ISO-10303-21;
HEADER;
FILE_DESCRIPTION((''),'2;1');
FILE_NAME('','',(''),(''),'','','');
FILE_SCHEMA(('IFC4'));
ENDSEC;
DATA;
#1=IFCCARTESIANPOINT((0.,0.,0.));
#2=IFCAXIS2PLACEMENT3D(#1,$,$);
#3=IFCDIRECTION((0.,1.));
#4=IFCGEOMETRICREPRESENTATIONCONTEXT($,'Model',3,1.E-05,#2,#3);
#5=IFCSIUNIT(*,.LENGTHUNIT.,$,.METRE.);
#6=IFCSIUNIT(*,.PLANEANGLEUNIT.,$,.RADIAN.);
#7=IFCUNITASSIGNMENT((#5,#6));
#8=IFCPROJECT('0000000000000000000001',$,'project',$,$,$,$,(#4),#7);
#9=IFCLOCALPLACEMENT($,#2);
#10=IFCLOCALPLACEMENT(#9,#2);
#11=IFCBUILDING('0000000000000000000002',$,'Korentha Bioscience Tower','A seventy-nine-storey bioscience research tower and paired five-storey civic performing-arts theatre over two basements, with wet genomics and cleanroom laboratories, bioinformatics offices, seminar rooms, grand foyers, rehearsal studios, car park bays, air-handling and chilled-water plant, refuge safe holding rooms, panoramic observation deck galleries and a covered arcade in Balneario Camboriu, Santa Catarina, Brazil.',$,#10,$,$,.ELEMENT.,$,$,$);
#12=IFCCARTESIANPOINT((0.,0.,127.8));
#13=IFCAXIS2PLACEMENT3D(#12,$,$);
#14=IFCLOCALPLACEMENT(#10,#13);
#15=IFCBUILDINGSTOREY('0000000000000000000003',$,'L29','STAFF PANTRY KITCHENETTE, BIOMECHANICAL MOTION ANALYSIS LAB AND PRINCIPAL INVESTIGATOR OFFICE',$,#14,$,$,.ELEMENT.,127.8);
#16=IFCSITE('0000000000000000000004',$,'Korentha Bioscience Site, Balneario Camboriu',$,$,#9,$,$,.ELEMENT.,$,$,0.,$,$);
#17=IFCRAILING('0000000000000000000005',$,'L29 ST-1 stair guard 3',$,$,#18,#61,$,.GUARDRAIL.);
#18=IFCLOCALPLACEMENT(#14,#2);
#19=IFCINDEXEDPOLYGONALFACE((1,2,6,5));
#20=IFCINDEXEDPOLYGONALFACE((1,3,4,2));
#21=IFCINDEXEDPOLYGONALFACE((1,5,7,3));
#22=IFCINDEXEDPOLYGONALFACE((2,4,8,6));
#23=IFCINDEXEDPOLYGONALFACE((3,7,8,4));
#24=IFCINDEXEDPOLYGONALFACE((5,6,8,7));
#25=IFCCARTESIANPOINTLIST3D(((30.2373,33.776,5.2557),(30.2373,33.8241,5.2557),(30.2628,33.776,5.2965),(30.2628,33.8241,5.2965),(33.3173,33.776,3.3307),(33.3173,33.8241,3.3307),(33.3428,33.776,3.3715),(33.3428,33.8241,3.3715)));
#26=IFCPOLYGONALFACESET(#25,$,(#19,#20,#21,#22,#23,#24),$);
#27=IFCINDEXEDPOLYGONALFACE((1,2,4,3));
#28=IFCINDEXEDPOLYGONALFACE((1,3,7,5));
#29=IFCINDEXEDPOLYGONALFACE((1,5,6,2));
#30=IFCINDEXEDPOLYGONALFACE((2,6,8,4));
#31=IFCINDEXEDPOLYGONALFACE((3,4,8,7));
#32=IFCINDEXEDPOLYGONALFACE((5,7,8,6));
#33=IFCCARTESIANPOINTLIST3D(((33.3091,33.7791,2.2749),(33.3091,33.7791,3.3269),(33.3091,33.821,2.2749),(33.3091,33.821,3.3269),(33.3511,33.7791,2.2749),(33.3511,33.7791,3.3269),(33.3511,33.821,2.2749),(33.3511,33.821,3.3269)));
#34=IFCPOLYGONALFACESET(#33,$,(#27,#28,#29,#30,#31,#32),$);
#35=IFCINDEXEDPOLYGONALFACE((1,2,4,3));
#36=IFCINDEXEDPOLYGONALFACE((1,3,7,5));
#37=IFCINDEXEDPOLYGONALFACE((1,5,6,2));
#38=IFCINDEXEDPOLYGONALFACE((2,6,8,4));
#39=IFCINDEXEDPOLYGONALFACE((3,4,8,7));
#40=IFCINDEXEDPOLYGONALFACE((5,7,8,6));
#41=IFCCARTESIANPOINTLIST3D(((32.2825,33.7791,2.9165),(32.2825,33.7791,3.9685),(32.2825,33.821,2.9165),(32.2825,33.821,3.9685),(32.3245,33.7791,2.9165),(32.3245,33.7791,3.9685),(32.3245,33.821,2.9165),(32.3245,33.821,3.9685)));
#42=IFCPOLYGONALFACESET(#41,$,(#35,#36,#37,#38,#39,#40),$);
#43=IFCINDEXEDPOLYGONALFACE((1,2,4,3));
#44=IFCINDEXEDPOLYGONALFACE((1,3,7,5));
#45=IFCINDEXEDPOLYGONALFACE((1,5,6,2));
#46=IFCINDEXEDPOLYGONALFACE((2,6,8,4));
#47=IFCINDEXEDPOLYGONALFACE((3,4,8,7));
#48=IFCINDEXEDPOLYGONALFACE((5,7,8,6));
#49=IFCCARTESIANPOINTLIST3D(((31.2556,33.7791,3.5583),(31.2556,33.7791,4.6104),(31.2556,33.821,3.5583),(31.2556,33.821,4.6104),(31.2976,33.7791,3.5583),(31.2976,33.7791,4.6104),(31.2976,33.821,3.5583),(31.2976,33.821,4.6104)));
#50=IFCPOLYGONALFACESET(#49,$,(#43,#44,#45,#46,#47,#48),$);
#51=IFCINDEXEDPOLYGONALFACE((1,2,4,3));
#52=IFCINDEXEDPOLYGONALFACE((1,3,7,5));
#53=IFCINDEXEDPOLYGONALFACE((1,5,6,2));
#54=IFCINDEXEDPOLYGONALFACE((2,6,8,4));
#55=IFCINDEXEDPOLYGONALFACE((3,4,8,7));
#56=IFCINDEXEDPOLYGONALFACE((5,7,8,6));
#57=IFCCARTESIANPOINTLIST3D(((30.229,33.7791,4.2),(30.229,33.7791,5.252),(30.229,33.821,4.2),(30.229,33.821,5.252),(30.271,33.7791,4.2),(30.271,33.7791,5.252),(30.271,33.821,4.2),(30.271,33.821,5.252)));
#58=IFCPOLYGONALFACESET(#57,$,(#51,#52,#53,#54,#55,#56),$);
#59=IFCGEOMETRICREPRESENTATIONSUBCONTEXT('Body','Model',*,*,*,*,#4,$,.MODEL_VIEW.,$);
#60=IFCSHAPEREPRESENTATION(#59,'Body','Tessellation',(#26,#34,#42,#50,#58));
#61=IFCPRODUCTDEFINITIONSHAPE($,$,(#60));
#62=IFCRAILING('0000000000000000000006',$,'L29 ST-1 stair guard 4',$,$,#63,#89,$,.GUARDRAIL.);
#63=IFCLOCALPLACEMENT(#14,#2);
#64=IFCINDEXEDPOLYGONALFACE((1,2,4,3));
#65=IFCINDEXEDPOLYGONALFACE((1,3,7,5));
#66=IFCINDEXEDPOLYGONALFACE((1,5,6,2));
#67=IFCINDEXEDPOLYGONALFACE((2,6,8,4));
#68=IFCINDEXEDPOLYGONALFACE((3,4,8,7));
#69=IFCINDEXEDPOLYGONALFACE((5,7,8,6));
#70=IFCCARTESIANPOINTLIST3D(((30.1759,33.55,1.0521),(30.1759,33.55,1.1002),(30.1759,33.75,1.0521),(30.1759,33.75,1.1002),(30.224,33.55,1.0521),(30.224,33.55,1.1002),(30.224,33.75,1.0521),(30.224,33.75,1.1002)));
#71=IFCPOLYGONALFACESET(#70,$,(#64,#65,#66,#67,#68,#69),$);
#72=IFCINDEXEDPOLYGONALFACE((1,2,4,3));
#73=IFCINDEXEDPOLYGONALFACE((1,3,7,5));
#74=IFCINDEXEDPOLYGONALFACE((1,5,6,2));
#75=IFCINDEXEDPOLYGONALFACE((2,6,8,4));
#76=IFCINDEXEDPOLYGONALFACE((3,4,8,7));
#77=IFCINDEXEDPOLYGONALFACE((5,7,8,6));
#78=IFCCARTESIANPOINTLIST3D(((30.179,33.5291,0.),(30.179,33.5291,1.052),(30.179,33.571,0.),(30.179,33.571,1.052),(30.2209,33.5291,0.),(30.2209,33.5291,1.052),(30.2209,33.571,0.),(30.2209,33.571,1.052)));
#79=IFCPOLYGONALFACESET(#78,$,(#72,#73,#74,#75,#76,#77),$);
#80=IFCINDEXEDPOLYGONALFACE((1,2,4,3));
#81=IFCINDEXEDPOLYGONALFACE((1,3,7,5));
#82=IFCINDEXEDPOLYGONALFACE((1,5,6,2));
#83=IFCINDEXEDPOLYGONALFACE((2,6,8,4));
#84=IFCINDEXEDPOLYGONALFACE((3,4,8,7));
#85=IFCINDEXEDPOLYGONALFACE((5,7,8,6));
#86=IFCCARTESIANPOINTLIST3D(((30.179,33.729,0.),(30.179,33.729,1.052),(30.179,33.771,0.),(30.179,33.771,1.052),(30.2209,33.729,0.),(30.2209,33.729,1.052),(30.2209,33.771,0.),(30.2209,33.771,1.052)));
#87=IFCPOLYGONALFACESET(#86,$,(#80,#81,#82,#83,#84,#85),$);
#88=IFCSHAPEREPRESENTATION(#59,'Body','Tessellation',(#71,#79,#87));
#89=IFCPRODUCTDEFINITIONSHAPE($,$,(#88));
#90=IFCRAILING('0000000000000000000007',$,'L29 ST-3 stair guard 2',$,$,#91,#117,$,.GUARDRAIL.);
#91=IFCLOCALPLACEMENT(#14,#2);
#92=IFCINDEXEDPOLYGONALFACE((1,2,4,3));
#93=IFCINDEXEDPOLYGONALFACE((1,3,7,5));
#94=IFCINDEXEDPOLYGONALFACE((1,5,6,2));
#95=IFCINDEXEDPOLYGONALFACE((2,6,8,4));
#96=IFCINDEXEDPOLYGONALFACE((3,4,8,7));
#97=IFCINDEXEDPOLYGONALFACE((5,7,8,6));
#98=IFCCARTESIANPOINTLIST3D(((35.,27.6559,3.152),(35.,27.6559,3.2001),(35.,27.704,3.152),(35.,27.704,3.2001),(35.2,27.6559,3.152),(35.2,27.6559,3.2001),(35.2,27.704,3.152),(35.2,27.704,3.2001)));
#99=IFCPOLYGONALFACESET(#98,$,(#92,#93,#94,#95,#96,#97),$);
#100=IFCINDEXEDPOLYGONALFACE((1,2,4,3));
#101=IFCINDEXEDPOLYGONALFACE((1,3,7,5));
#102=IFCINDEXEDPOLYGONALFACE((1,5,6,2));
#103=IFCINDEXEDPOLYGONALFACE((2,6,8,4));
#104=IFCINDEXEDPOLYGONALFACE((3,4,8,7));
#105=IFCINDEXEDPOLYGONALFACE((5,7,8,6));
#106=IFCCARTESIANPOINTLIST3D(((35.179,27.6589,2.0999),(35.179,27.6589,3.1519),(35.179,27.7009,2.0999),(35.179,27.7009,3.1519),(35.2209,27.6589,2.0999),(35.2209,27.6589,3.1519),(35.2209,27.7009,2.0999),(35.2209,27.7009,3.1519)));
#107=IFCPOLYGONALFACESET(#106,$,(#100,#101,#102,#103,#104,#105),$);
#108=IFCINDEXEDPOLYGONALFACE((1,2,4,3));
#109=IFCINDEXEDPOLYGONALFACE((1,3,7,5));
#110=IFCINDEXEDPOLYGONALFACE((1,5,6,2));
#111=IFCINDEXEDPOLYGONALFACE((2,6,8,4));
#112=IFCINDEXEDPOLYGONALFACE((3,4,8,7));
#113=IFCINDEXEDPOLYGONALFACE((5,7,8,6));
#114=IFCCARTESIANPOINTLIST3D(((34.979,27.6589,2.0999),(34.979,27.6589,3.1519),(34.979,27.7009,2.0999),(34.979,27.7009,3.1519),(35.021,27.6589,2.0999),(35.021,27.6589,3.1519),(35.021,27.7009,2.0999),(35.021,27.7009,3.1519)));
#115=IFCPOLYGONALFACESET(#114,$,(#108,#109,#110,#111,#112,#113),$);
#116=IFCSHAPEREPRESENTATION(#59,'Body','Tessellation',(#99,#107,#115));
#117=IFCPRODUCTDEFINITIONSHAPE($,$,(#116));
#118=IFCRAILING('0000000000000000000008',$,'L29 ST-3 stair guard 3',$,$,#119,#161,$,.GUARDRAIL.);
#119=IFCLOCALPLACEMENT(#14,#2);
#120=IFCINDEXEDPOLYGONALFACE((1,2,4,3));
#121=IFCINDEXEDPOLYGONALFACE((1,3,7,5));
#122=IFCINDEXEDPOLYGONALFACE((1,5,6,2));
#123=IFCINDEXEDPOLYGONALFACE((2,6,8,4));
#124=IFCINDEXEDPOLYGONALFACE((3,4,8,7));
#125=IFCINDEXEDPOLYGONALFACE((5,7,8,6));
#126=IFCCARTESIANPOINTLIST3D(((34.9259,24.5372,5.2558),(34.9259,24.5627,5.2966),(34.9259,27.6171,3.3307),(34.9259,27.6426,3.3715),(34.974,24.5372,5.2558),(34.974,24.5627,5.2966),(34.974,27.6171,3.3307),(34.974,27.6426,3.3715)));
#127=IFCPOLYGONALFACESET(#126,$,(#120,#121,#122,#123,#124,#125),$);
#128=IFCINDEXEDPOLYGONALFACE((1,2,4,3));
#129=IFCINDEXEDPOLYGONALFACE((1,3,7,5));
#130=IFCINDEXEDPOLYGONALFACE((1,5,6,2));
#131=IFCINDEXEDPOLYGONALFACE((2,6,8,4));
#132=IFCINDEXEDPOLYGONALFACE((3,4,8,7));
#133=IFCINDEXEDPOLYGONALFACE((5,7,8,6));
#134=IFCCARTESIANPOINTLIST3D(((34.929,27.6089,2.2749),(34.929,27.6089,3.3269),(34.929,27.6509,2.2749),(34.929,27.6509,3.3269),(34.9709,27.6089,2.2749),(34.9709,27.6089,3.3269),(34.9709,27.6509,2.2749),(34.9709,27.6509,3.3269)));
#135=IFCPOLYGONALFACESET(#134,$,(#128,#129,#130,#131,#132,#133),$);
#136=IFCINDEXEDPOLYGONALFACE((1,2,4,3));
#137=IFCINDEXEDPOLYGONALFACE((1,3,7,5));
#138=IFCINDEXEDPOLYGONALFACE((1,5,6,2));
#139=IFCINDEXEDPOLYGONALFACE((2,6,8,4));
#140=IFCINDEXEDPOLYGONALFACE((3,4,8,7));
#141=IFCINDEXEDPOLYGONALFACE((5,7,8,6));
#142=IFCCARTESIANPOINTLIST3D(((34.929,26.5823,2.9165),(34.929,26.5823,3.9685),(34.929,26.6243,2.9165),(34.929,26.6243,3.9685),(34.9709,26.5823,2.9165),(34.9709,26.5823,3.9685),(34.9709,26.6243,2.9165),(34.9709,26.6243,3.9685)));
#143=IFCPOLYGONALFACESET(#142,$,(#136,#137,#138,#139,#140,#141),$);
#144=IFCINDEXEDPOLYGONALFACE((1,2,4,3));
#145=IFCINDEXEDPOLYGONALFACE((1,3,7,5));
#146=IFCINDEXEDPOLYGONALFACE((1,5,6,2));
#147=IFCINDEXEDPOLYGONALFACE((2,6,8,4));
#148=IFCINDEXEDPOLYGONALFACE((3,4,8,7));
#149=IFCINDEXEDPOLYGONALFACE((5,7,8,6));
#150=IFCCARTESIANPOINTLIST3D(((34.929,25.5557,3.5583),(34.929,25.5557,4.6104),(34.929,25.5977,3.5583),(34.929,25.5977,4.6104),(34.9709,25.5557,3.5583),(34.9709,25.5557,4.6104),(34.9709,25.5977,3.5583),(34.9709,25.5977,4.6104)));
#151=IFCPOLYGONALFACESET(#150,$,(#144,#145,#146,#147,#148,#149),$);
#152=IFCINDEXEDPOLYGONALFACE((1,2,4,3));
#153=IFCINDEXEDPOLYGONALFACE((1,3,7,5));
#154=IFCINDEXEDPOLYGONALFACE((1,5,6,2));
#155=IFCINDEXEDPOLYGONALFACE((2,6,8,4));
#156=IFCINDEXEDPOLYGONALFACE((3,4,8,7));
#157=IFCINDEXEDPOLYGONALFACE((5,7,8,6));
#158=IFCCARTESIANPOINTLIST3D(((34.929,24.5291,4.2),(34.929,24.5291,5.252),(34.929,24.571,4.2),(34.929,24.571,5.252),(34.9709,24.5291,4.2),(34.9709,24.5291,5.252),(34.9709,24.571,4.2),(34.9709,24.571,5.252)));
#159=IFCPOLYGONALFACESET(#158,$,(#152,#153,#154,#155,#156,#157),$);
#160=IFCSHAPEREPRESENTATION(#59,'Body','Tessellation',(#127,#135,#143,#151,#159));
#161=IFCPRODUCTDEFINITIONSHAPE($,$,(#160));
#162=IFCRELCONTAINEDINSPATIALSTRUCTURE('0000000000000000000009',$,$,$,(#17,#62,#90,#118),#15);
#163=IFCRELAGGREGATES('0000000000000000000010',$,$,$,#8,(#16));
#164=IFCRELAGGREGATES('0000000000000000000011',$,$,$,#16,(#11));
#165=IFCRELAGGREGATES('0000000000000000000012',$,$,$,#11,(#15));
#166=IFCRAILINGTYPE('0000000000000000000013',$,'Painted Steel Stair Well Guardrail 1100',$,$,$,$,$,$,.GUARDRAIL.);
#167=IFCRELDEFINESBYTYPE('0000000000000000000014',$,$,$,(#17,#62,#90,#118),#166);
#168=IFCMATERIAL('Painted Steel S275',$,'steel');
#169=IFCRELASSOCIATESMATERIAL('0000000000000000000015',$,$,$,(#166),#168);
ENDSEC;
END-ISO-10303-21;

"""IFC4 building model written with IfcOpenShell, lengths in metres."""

from ifc_helpers import new_model, si_unit, direction, frame, origin, origin_2d, place, context, subcontext, project, spatial, rectangle, extrude, material, type_object, element, save


model = new_model("IFC4")

# Units and contexts
model_context = context("Model", 3, precision=1e-05, world=origin(), true_north=direction((0.0, 1.0)))
body_context = subcontext(model_context, "Body", "Model", "MODEL_VIEW")
ifc_project = project(units=[si_unit("LENGTHUNIT", "METRE"), si_unit("PLANEANGLEUNIT", "RADIAN")], contexts=[model_context])

# Site, building, storey
site_placement = place(None, origin())
site = spatial("IfcSite", under=ifc_project, at=site_placement, Name="Korentha Bioscience Site, Balneario Camboriu", CompositionType="ELEMENT", RefElevation=0.0)
building_placement = place(site_placement, origin())
building = spatial("IfcBuilding", under=site, at=building_placement, Name="Korentha Bioscience Tower", Description="A seventy-nine-storey bioscience research tower and paired five-storey civic performing-arts theatre over two basements, with wet genomics and cleanroom laboratories, bioinformatics offices, seminar rooms, grand foyers, rehearsal studios, car park bays, air-handling and chilled-water plant, refuge safe holding rooms, panoramic observation deck galleries and a covered arcade in Balneario Camboriu, Santa Catarina, Brazil.", CompositionType="ELEMENT")
storey_placement = place(building_placement, frame((0.0, 0.0, 127.8)))
storey = spatial("IfcBuildingStorey", under=building, at=storey_placement, Name="L29", Description="STAFF PANTRY KITCHENETTE, BIOMECHANICAL MOTION ANALYSIS LAB AND PRINCIPAL INVESTIGATOR OFFICE", CompositionType="ELEMENT", Elevation=127.8)

# Railings
ifc_material_1 = material(Name="Painted Steel S275", Category="steel")
railing_type_1 = type_object("IfcRailingType", Name="Painted Steel Stair Well Guardrail 1100", PredefinedType="GUARDRAIL", material=ifc_material_1)
railing_1_placement = place(storey_placement, frame((33.3301, 33.8, 2.2749)))
element("IfcRailing", 1, at=railing_1_placement, inside=storey, type_object=railing_type_1, Name="L29 ST-1 stair guard 3", PredefinedType="GUARDRAIL", context=body_context, shape_type="SweptSolid", body=[
    extrude(rectangle(XDim=0.0481, YDim=0.0481, at=origin_2d()), frame((0.0, 0.0, 1.0762), z_axis=(-0.847998, 0.0, 0.529999), x_axis=(0.0, -1.0, 0.0)), (0.0, 0.0, 1.0), 3.6321),
    extrude(rectangle(XDim=0.042, YDim=0.042, at=origin_2d()), origin(), (0.0, 0.0, 1.0), 1.052),
    extrude(rectangle(XDim=0.042, YDim=0.042, at=origin_2d()), frame((-1.0266, 0.0, 0.6416)), (0.0, 0.0, 1.0), 1.052),
    extrude(rectangle(XDim=0.042, YDim=0.042, at=origin_2d()), frame((-2.0535, 0.0, 1.2834)), (0.0, 0.0, 1.0), 1.052),
    extrude(rectangle(XDim=0.042, YDim=0.042, at=origin_2d()), frame((-3.0801, 0.0, 1.925)), (0.0, 0.0, 1.0), 1.052),
])
railing_2_placement = place(storey_placement, frame((30.2, 33.55, 0.0)))
element("IfcRailing", 2, at=railing_2_placement, inside=storey, type_object=railing_type_1, Name="L29 ST-1 stair guard 4", PredefinedType="GUARDRAIL", context=body_context, shape_type="SweptSolid", body=[
    extrude(rectangle(XDim=0.0481, YDim=0.0481, at=origin_2d()), frame((0.0, 0.0, 1.0762), z_axis=(0.0, 1.0, 0.0), x_axis=(-1.0, 0.0, 0.0)), (0.0, 0.0, 1.0), 0.2),
    extrude(rectangle(XDim=0.042, YDim=0.042, at=origin_2d()), origin(), (0.0, 0.0, 1.0), 1.052),
    extrude(rectangle(XDim=0.042, YDim=0.042, at=origin_2d()), frame((0.0, 0.2, 0.0)), (0.0, 0.0, 1.0), 1.052),
])
railing_3_placement = place(storey_placement, frame((35.2, 27.6799, 2.0999)))
element("IfcRailing", 3, at=railing_3_placement, inside=storey, type_object=railing_type_1, Name="L29 ST-3 stair guard 2", PredefinedType="GUARDRAIL", context=body_context, shape_type="SweptSolid", body=[
    extrude(rectangle(XDim=0.0481, YDim=0.0481, at=origin_2d()), frame((0.0, 0.0, 1.0762), z_axis=(-1.0, 0.0, 0.0), x_axis=(0.0, -1.0, 0.0)), (0.0, 0.0, 1.0), 0.2),
    extrude(rectangle(XDim=0.042, YDim=0.042, at=origin_2d()), origin(), (0.0, 0.0, 1.0), 1.052),
    extrude(rectangle(XDim=0.042, YDim=0.042, at=origin_2d()), frame((-0.2, 0.0, 0.0)), (0.0, 0.0, 1.0), 1.052),
])
railing_4_placement = place(storey_placement, frame((34.95, 27.6299, 2.2749)))
element("IfcRailing", 4, at=railing_4_placement, inside=storey, type_object=railing_type_1, Name="L29 ST-3 stair guard 3", PredefinedType="GUARDRAIL", context=body_context, shape_type="SweptSolid", body=[
    extrude(rectangle(XDim=0.0481, YDim=0.0481, at=origin_2d()), frame((0.0, 0.0, 1.0762), z_axis=(0.0, -0.847979, 0.530029), x_axis=(1.0, 0.0, 0.0)), (0.0, 0.0, 1.0), 3.6321),
    extrude(rectangle(XDim=0.042, YDim=0.042, at=origin_2d()), origin(), (0.0, 0.0, 1.0), 1.052),
    extrude(rectangle(XDim=0.042, YDim=0.042, at=origin_2d()), frame((0.0, -1.0266, 0.6416)), (0.0, 0.0, 1.0), 1.052),
    extrude(rectangle(XDim=0.042, YDim=0.042, at=origin_2d()), frame((0.0, -2.0532, 1.2834)), (0.0, 0.0, 1.0), 1.052),
    extrude(rectangle(XDim=0.042, YDim=0.042, at=origin_2d()), frame((0.0, -3.0798, 1.925)), (0.0, 0.0, 1.0), 1.052),
])

save(model, "model.ifc")
